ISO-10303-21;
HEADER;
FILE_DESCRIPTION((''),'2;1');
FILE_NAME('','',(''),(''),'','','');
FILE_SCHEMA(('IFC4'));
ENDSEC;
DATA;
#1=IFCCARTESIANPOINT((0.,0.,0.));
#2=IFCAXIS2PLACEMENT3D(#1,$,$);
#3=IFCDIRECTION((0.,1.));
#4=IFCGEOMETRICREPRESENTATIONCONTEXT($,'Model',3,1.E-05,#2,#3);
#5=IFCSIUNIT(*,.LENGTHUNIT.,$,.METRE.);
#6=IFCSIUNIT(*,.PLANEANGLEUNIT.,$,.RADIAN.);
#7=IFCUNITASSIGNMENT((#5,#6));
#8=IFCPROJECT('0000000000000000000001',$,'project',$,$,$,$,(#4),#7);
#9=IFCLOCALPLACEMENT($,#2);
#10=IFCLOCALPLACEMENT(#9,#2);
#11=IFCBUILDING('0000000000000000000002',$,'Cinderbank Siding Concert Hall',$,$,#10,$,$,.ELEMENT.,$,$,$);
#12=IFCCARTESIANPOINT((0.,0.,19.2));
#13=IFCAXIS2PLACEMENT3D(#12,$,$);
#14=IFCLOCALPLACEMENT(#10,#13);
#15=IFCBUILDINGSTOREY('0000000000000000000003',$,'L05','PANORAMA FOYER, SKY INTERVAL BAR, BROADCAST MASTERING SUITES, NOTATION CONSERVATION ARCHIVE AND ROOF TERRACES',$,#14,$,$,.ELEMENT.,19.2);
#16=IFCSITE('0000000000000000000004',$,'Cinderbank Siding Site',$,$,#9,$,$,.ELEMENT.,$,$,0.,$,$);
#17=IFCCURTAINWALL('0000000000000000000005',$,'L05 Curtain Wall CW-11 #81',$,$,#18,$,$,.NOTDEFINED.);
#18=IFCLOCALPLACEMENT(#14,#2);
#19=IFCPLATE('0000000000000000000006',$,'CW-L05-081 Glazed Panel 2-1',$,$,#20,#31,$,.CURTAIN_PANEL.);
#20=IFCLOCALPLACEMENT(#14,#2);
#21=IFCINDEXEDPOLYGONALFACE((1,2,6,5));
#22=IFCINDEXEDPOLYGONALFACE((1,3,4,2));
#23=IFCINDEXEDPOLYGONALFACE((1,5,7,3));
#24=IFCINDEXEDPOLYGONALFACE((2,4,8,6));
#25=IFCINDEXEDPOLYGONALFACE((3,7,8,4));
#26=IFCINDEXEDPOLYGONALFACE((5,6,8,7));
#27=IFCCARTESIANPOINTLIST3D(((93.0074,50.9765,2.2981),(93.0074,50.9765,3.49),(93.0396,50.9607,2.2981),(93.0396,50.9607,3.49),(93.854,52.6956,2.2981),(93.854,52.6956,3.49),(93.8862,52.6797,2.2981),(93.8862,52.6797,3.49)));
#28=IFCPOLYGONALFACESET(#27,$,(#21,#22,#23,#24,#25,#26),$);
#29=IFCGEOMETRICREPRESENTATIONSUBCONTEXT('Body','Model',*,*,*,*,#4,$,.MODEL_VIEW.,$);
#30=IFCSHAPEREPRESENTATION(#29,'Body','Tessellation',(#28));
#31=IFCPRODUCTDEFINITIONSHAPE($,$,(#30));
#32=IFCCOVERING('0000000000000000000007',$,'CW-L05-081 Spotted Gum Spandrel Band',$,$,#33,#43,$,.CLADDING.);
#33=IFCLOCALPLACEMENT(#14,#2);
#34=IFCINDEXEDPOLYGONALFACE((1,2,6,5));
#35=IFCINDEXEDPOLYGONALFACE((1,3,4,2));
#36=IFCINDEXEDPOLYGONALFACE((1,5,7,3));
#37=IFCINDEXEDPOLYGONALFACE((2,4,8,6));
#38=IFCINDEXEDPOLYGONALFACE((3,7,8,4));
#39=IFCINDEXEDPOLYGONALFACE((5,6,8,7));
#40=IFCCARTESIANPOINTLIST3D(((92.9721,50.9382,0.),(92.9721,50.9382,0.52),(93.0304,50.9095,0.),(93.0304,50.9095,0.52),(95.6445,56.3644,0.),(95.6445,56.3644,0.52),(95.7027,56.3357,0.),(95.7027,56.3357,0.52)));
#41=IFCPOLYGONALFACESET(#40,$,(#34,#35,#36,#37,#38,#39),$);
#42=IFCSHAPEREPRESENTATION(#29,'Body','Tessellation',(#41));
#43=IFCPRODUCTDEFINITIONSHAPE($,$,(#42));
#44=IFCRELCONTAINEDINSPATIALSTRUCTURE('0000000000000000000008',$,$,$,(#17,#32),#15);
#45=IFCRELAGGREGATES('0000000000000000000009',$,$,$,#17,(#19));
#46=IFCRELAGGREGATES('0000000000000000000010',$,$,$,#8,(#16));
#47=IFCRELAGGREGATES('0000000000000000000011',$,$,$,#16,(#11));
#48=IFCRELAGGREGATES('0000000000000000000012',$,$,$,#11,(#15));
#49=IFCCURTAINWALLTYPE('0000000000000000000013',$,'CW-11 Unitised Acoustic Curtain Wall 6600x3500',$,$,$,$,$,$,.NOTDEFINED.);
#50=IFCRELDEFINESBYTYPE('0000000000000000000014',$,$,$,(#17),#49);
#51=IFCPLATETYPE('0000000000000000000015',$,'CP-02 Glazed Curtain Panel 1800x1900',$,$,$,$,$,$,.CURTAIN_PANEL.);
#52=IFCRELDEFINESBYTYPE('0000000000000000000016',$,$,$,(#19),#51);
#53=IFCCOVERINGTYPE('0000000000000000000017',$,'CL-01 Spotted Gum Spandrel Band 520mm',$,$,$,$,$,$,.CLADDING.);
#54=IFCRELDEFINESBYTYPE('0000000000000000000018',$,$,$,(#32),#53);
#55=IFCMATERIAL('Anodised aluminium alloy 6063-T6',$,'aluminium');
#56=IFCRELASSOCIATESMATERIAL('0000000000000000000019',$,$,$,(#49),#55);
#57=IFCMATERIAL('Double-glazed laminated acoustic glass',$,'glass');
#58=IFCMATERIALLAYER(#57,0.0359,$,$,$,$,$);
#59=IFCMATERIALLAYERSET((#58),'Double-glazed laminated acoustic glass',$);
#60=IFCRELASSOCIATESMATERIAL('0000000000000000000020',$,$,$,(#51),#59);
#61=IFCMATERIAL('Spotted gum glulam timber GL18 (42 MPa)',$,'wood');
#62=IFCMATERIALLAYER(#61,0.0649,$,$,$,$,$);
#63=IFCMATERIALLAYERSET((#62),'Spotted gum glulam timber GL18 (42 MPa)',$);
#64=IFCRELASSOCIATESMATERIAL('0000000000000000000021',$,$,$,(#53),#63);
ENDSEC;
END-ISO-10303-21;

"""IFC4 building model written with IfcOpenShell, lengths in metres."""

from ifc_helpers import new_model, si_unit, direction, frame, origin, origin_2d, place, context, subcontext, project, spatial, rectangle, extrude, material, layer, layer_set, type_object, element, aggregate, save


model = new_model("IFC4")

# Units and contexts
model_context = context("Model", 3, precision=1e-05, world=origin(), true_north=direction((0.0, 1.0)))
body_context = subcontext(model_context, "Body", "Model", "MODEL_VIEW")
ifc_project = project(units=[si_unit("LENGTHUNIT", "METRE"), si_unit("PLANEANGLEUNIT", "RADIAN")], contexts=[model_context])

# Site, building, storey
site_placement = place(None, origin())
site = spatial("IfcSite", under=ifc_project, at=site_placement, Name="Cinderbank Siding Site", CompositionType="ELEMENT", RefElevation=0.0)
building_placement = place(site_placement, origin())
building = spatial("IfcBuilding", under=site, at=building_placement, Name="Cinderbank Siding Concert Hall", CompositionType="ELEMENT")
storey_placement = place(building_placement, frame((0.0, 0.0, 19.2)))
storey = spatial("IfcBuildingStorey", under=building, at=storey_placement, Name="L05", Description="PANORAMA FOYER, SKY INTERVAL BAR, BROADCAST MASTERING SUITES, NOTATION CONSERVATION ARCHIVE AND ROOF TERRACES", CompositionType="ELEMENT", Elevation=19.2)

# Curtain wall, plate
ifc_material_1 = material(Name="Anodised aluminium alloy 6063-T6", Category="aluminium")
curtain_wall_type = type_object("IfcCurtainWallType", Name="CW-11 Unitised Acoustic Curtain Wall 6600x3500", PredefinedType="NOTDEFINED", material=ifc_material_1)
curtain_wall_placement = place(storey_placement, origin())
curtain_wall = element("IfcCurtainWall", 1, at=curtain_wall_placement, inside=storey, type_object=curtain_wall_type, Name="L05 Curtain Wall CW-11 #81", PredefinedType="NOTDEFINED")
ifc_material_2 = material(Name="Double-glazed laminated acoustic glass", Category="glass")
ifc_layer_1 = layer(ifc_material_2, 0.0359)
ifc_layer_set_1 = layer_set([ifc_layer_1], Name="Double-glazed laminated acoustic glass")
plate_type = type_object("IfcPlateType", Name="CP-02 Glazed Curtain Panel 1800x1900", PredefinedType="CURTAIN_PANEL", material=ifc_layer_set_1)
plate_1_placement = place(storey_placement, frame((93.4468, 51.8281, 2.2981), z_axis=(0.0, 0.0, 1.0), x_axis=(-0.441816, -0.897105, 0.0)))
plate_1 = element("IfcPlate", 2, at=plate_1_placement, type_object=plate_type, Name="CW-L05-081 Glazed Panel 2-1", PredefinedType="CURTAIN_PANEL", context=body_context, shape_type="SweptSolid", body=[
    extrude(rectangle(XDim=1.9163, YDim=0.0359, at=origin_2d()), origin(), (0.0, 0.0, 1.0), 1.1919),
])
aggregate(curtain_wall, [plate_1])

# Covering
ifc_material_3 = material(Name="Spotted gum glulam timber GL18 (42 MPa)", Category="wood")
ifc_layer_2 = layer(ifc_material_3, 0.0649)
ifc_layer_set_2 = layer_set([ifc_layer_2], Name="Spotted gum glulam timber GL18 (42 MPa)")
covering_type = type_object("IfcCoveringType", Name="CL-01 Spotted Gum Spandrel Band 520mm", PredefinedType="CLADDING", material=ifc_layer_set_2)
covering_placement = place(storey_placement, frame((94.3374, 53.637, 0.0), z_axis=(0.0, 0.0, 1.0), x_axis=(-0.441816, -0.897105, 0.0)))
element("IfcCovering", 3, at=covering_placement, inside=storey, type_object=covering_type, Name="CW-L05-081 Spotted Gum Spandrel Band", PredefinedType="CLADDING", context=body_context, shape_type="SweptSolid", body=[
    extrude(rectangle(XDim=6.0486, YDim=0.0649, at=origin_2d()), origin(), (0.0, 0.0, 1.0), 0.52),
])

save(model, "model.ifc")
